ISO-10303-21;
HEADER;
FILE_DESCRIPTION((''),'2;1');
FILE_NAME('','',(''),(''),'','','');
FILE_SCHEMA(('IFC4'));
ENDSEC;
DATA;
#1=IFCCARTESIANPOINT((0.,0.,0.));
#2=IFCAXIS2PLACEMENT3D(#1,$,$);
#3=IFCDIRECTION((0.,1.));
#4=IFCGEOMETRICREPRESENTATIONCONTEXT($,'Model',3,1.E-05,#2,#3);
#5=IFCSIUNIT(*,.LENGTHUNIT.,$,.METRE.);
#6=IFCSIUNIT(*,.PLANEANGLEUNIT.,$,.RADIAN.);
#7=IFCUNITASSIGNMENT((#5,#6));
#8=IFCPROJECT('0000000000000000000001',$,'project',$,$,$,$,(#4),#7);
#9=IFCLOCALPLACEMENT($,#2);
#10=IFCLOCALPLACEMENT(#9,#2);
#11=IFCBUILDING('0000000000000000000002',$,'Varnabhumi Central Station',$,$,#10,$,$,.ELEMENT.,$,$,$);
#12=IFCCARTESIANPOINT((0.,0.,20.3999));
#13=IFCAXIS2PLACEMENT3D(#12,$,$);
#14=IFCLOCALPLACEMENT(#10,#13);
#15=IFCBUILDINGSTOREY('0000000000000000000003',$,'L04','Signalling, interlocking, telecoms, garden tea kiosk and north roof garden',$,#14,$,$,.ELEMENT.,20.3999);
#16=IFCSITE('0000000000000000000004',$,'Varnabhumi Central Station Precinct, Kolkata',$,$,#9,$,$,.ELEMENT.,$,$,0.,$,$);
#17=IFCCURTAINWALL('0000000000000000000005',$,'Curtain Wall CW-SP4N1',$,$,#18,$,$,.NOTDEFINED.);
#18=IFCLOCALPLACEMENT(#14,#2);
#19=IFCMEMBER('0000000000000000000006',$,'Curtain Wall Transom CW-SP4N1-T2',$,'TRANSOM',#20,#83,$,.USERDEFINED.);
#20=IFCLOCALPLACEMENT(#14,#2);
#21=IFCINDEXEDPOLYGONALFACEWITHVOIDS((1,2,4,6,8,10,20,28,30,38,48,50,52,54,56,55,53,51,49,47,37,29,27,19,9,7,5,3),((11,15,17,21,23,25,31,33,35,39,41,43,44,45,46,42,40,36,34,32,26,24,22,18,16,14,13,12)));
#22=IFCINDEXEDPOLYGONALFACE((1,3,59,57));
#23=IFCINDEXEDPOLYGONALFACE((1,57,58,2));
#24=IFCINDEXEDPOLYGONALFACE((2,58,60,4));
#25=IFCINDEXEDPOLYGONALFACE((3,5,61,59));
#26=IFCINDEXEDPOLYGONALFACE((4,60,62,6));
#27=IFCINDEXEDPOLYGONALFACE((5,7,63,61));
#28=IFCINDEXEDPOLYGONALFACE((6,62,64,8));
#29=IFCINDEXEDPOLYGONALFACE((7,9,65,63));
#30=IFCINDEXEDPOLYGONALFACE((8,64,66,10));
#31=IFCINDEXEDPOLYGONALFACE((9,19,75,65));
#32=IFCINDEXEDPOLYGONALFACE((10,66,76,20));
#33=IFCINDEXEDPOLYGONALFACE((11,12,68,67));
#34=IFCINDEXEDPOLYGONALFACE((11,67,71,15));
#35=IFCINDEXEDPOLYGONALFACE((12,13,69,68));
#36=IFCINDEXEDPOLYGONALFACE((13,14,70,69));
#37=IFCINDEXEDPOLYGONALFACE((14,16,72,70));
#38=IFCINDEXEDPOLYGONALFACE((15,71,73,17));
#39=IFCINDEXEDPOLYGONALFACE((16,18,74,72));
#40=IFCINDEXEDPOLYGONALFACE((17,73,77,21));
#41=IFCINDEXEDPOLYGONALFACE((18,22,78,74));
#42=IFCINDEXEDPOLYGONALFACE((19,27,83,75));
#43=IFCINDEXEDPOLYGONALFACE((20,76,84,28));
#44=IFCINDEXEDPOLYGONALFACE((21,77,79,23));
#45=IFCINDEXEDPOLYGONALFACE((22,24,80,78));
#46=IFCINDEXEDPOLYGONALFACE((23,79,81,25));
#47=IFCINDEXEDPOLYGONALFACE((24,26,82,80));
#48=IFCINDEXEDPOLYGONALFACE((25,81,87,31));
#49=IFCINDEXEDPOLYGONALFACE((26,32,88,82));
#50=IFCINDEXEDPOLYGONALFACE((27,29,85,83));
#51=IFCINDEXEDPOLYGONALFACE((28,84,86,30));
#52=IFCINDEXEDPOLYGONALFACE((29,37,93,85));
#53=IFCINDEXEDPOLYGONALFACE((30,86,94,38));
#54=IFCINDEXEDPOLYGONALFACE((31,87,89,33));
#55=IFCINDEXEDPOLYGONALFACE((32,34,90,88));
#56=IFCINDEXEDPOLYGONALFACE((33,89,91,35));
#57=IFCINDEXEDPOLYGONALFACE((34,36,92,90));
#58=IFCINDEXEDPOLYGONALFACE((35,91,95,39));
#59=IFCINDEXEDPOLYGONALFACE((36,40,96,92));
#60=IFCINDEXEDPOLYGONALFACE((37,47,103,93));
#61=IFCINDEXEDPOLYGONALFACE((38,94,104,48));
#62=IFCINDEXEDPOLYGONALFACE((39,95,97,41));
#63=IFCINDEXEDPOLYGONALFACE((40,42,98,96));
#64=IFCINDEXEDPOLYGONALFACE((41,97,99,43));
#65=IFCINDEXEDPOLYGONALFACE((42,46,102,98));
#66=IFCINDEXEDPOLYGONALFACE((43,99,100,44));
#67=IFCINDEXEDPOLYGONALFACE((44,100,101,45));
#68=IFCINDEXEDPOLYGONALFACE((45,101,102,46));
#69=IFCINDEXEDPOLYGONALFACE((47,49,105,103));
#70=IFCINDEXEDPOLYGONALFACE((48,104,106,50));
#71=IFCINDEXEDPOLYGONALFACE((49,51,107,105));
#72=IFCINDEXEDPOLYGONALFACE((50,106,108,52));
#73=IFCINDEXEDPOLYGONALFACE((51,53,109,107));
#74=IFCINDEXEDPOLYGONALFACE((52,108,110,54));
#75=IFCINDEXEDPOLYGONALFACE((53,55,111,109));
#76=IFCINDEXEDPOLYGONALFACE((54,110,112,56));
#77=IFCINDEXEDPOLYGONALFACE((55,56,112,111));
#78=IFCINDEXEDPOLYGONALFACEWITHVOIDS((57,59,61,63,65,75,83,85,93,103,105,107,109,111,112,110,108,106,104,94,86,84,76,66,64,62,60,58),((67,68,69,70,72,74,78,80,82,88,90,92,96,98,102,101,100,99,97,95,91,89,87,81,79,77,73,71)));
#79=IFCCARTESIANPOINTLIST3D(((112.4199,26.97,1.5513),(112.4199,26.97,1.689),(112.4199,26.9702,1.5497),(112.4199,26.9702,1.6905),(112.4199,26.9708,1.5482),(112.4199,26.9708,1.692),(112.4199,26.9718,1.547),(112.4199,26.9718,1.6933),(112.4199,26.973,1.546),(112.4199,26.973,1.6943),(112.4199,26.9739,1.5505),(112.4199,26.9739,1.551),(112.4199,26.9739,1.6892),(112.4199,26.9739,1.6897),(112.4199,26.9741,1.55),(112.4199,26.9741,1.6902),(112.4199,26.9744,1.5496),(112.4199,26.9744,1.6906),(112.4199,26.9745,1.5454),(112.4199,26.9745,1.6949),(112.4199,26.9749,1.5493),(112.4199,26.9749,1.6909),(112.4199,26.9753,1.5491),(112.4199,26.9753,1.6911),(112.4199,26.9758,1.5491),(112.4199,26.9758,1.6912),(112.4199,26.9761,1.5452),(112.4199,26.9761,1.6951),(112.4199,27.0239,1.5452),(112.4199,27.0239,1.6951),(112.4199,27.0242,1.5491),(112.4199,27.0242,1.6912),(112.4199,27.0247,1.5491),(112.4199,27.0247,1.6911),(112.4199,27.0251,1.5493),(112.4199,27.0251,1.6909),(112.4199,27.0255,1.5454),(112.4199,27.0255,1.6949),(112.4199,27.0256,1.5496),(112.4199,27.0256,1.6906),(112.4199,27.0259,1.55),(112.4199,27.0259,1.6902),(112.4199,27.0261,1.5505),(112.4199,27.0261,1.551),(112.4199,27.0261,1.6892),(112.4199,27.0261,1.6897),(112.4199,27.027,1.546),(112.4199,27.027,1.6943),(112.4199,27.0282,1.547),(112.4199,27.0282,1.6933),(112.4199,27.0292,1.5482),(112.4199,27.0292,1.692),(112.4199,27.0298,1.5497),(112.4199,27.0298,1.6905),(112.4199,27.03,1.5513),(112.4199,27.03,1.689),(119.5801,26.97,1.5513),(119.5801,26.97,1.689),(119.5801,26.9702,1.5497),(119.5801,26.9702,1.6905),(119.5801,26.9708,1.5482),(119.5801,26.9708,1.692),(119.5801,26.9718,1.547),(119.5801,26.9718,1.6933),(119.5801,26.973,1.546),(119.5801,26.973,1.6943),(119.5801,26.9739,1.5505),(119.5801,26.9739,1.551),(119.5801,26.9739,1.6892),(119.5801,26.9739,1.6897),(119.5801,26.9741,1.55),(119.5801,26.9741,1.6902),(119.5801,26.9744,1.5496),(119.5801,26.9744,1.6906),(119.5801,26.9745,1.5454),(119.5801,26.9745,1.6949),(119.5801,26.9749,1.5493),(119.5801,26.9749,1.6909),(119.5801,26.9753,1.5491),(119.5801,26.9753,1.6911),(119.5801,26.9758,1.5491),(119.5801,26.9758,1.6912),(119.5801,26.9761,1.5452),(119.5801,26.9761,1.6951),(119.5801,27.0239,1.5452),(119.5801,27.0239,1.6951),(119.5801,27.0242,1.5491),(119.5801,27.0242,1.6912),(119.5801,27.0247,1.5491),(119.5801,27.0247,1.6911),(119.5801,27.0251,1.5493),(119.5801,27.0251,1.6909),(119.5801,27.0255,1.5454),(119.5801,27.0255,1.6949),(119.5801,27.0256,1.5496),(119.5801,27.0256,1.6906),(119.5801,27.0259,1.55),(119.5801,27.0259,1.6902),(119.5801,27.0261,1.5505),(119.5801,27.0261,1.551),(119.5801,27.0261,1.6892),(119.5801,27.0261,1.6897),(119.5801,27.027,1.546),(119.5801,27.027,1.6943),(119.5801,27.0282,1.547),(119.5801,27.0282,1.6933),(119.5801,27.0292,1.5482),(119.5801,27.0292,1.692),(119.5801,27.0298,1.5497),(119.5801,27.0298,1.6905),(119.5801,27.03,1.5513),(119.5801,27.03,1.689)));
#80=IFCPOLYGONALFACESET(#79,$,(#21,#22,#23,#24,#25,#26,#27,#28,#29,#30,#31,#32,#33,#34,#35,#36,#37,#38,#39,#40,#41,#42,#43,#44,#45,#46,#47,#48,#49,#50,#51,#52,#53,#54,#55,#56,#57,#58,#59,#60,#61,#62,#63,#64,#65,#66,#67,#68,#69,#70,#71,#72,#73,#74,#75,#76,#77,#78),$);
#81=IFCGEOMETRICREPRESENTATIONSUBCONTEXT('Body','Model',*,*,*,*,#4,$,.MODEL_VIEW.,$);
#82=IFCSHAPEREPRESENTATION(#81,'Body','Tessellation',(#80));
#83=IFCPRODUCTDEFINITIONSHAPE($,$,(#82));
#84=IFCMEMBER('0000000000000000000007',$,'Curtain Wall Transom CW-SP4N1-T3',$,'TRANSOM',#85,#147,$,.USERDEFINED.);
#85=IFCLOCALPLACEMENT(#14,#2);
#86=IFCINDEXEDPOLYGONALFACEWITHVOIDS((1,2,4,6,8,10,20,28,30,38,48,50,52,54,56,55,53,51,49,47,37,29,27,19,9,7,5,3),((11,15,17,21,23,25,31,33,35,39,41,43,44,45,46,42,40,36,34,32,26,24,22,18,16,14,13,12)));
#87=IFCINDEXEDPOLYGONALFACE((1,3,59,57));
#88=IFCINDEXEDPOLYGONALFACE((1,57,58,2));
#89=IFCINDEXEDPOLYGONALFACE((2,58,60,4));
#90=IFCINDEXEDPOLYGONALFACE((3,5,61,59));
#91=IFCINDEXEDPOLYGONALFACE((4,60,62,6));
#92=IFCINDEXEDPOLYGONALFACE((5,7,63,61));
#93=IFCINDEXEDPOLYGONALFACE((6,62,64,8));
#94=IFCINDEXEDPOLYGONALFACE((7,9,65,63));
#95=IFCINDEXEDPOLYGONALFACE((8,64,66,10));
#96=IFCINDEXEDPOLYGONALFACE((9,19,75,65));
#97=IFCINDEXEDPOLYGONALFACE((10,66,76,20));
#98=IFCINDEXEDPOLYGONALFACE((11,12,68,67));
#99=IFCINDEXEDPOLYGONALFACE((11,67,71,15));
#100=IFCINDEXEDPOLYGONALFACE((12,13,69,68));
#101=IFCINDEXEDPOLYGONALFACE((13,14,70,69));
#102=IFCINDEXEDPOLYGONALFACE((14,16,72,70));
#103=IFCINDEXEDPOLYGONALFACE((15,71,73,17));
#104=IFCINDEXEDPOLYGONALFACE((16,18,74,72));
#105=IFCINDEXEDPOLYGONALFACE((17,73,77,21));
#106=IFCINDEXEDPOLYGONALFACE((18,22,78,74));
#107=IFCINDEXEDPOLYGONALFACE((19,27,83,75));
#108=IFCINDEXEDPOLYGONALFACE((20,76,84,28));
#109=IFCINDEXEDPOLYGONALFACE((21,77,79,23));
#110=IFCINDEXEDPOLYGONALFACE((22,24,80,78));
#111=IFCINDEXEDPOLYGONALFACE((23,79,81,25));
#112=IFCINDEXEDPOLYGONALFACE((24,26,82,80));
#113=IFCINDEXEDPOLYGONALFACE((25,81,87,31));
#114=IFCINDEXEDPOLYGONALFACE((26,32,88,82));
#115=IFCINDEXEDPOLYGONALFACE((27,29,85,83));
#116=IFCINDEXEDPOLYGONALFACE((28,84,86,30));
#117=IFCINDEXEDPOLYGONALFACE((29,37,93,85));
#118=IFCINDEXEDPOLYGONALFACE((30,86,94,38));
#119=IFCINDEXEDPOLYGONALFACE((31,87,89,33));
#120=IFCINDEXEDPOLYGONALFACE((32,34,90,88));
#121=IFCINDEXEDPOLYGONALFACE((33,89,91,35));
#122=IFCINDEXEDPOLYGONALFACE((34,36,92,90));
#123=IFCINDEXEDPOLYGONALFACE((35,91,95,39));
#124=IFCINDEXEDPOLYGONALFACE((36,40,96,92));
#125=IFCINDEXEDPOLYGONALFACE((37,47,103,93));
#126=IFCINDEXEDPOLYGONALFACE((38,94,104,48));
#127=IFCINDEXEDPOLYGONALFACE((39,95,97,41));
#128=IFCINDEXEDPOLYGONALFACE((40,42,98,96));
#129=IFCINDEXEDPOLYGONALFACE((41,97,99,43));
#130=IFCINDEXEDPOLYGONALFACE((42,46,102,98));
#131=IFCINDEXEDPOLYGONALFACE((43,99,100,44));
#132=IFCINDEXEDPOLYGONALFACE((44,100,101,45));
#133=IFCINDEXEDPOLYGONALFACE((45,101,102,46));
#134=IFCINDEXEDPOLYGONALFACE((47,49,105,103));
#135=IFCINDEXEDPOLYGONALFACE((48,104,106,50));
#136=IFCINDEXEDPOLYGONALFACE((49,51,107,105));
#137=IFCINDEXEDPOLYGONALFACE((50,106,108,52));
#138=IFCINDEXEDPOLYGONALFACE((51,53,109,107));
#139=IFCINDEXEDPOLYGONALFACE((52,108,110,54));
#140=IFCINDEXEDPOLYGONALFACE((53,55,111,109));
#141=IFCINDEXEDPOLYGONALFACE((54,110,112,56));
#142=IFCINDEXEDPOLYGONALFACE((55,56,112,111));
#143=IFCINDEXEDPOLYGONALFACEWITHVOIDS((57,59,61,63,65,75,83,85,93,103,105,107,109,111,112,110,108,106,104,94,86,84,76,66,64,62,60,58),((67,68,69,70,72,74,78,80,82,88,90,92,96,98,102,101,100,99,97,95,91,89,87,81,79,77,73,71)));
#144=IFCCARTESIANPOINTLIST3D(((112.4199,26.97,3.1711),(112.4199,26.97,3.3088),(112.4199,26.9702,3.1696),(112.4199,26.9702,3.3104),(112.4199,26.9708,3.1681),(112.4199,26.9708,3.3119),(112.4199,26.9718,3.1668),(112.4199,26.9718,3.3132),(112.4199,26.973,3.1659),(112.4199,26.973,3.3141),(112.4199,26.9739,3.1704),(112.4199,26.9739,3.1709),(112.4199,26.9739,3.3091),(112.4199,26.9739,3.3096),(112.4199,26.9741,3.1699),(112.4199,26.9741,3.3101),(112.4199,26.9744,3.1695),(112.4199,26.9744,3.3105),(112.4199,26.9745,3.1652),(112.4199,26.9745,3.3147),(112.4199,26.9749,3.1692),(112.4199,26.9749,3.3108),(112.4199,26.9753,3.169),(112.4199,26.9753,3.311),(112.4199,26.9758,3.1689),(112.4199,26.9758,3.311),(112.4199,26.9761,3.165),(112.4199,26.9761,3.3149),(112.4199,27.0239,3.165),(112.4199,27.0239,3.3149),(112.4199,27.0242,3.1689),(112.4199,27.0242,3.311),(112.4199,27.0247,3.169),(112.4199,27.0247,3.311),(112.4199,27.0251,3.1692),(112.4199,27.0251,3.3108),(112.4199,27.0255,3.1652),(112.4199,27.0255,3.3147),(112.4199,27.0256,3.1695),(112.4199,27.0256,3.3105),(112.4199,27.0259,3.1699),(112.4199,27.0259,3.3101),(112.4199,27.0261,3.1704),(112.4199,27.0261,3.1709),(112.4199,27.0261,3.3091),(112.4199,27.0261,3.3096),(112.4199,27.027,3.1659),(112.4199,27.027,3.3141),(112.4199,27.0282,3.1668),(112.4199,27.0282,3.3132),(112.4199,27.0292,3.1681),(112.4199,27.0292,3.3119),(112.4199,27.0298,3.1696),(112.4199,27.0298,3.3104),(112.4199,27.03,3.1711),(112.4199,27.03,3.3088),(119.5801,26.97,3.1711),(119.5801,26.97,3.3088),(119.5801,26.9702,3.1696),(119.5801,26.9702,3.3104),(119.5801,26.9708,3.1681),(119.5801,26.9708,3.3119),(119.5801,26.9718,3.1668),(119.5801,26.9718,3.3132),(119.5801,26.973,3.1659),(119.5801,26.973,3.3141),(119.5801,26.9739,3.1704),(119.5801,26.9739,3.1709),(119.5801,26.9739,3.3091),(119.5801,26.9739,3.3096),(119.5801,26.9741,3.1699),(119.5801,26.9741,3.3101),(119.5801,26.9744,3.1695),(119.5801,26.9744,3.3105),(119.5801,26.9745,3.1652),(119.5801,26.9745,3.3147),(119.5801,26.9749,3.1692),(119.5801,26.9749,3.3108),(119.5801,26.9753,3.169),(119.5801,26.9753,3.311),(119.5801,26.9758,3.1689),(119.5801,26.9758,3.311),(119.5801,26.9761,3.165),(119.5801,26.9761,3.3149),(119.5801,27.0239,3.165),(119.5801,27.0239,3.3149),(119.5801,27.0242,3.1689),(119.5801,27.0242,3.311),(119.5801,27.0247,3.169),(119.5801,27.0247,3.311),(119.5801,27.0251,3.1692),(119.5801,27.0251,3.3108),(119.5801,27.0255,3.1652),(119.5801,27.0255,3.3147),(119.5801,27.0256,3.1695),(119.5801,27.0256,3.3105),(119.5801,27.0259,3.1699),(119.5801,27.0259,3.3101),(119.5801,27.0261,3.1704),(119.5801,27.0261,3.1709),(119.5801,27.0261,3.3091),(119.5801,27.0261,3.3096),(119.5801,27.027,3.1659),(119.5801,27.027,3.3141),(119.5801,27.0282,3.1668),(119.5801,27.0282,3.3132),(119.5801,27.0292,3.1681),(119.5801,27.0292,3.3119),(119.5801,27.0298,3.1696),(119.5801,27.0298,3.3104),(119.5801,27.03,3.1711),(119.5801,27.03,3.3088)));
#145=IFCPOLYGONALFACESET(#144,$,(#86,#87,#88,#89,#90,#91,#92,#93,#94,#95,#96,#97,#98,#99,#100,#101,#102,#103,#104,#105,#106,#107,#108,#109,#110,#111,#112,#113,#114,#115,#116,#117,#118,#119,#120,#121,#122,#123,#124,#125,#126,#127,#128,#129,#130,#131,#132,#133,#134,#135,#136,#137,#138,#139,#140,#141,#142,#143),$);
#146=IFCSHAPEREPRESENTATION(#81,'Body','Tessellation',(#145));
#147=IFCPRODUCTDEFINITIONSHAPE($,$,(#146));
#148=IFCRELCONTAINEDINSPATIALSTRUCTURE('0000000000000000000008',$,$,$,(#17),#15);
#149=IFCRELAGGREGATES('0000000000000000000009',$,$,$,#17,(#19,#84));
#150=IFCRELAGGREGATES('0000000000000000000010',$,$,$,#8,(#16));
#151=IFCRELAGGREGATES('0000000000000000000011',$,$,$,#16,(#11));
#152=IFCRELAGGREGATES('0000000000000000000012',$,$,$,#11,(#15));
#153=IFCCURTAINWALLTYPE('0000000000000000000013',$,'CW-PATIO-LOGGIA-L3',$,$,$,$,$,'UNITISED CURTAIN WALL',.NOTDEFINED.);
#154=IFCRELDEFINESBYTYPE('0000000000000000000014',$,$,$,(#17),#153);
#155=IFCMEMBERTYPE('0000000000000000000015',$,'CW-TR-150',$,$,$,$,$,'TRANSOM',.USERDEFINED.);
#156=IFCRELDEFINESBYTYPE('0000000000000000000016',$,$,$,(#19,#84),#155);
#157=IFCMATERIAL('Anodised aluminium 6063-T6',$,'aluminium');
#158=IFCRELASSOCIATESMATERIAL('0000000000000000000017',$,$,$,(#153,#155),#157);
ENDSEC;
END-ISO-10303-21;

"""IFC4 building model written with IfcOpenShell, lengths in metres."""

from ifc_helpers import new_model, si_unit, direction, frame, origin, origin_2d, place, context, subcontext, project, spatial, hollow_rectangle, extrude, material, material_profile, profile_set, type_object, element, aggregate, save


model = new_model("IFC4")

# Units and contexts
model_context = context("Model", 3, precision=1e-05, world=origin(), true_north=direction((0.0, 1.0)))
body_context = subcontext(model_context, "Body", "Model", "MODEL_VIEW")
ifc_project = project(units=[si_unit("LENGTHUNIT", "METRE"), si_unit("PLANEANGLEUNIT", "RADIAN")], contexts=[model_context])

# Site, building, storey
site_placement = place(None, origin())
site = spatial("IfcSite", under=ifc_project, at=site_placement, Name="Varnabhumi Central Station Precinct, Kolkata", CompositionType="ELEMENT", RefElevation=0.0)
building_placement = place(site_placement, origin())
building = spatial("IfcBuilding", under=site, at=building_placement, Name="Varnabhumi Central Station", CompositionType="ELEMENT")
storey_placement = place(building_placement, frame((0.0, 0.0, 20.3999)))
storey = spatial("IfcBuildingStorey", under=building, at=storey_placement, Name="L04", Description="Signalling, interlocking, telecoms, garden tea kiosk and north roof garden", CompositionType="ELEMENT", Elevation=20.3999)

# Curtain wall
ifc_material_1 = material(Name="Anodised aluminium 6063-T6", Category="aluminium")
curtain_wall_type = type_object("IfcCurtainWallType", Name="CW-PATIO-LOGGIA-L3", ElementType="UNITISED CURTAIN WALL", PredefinedType="NOTDEFINED", material=ifc_material_1)
curtain_wall_1_placement = place(storey_placement, origin())
curtain_wall_1 = element("IfcCurtainWall", 1, at=curtain_wall_1_placement, inside=storey, type_object=curtain_wall_type, Name="Curtain Wall CW-SP4N1", PredefinedType="NOTDEFINED")

# Members
ifc_material_profile_1 = material_profile(ifc_material_1, hollow_rectangle(XDim=0.0601, YDim=0.1499, WallThickness=0.0039, InnerFilletRadius=0.002, OuterFilletRadius=0.0061, at=origin_2d()), Name="Anodised aluminium 6063-T6", Category="aluminium")
ifc_profile_set_1 = profile_set([ifc_material_profile_1], Name="Anodised aluminium 6063-T6")
member_type_1 = type_object("IfcMemberType", Name="CW-TR-150", ElementType="TRANSOM", PredefinedType="USERDEFINED", material=ifc_profile_set_1)
member_1_placement = place(storey_placement, frame((112.4199, 27.0, 1.6201), z_axis=(1.0, 0.0, 0.0), x_axis=(0.0, 1.0, 0.0)))
member_1 = element("IfcMember", 2, at=member_1_placement, type_object=member_type_1, Name="Curtain Wall Transom CW-SP4N1-T2", ObjectType="TRANSOM", PredefinedType="USERDEFINED", context=body_context, shape_type="SweptSolid", body=[
    extrude(hollow_rectangle(XDim=0.0601, YDim=0.1499, WallThickness=0.0039, InnerFilletRadius=0.002, OuterFilletRadius=0.0061, at=origin_2d()), origin(), (0.0, 0.0, 1.0), 7.1602),
])
member_2_placement = place(storey_placement, frame((112.4199, 27.0, 3.24), z_axis=(1.0, 0.0, 0.0), x_axis=(0.0, 1.0, 0.0)))
member_2 = element("IfcMember", 3, at=member_2_placement, type_object=member_type_1, Name="Curtain Wall Transom CW-SP4N1-T3", ObjectType="TRANSOM", PredefinedType="USERDEFINED", context=body_context, shape_type="SweptSolid", body=[
    extrude(hollow_rectangle(XDim=0.0601, YDim=0.1499, WallThickness=0.0039, InnerFilletRadius=0.002, OuterFilletRadius=0.0061, at=origin_2d()), origin(), (0.0, 0.0, 1.0), 7.1602),
])

aggregate(curtain_wall_1, [member_1, member_2])

save(model, "model.ifc")
